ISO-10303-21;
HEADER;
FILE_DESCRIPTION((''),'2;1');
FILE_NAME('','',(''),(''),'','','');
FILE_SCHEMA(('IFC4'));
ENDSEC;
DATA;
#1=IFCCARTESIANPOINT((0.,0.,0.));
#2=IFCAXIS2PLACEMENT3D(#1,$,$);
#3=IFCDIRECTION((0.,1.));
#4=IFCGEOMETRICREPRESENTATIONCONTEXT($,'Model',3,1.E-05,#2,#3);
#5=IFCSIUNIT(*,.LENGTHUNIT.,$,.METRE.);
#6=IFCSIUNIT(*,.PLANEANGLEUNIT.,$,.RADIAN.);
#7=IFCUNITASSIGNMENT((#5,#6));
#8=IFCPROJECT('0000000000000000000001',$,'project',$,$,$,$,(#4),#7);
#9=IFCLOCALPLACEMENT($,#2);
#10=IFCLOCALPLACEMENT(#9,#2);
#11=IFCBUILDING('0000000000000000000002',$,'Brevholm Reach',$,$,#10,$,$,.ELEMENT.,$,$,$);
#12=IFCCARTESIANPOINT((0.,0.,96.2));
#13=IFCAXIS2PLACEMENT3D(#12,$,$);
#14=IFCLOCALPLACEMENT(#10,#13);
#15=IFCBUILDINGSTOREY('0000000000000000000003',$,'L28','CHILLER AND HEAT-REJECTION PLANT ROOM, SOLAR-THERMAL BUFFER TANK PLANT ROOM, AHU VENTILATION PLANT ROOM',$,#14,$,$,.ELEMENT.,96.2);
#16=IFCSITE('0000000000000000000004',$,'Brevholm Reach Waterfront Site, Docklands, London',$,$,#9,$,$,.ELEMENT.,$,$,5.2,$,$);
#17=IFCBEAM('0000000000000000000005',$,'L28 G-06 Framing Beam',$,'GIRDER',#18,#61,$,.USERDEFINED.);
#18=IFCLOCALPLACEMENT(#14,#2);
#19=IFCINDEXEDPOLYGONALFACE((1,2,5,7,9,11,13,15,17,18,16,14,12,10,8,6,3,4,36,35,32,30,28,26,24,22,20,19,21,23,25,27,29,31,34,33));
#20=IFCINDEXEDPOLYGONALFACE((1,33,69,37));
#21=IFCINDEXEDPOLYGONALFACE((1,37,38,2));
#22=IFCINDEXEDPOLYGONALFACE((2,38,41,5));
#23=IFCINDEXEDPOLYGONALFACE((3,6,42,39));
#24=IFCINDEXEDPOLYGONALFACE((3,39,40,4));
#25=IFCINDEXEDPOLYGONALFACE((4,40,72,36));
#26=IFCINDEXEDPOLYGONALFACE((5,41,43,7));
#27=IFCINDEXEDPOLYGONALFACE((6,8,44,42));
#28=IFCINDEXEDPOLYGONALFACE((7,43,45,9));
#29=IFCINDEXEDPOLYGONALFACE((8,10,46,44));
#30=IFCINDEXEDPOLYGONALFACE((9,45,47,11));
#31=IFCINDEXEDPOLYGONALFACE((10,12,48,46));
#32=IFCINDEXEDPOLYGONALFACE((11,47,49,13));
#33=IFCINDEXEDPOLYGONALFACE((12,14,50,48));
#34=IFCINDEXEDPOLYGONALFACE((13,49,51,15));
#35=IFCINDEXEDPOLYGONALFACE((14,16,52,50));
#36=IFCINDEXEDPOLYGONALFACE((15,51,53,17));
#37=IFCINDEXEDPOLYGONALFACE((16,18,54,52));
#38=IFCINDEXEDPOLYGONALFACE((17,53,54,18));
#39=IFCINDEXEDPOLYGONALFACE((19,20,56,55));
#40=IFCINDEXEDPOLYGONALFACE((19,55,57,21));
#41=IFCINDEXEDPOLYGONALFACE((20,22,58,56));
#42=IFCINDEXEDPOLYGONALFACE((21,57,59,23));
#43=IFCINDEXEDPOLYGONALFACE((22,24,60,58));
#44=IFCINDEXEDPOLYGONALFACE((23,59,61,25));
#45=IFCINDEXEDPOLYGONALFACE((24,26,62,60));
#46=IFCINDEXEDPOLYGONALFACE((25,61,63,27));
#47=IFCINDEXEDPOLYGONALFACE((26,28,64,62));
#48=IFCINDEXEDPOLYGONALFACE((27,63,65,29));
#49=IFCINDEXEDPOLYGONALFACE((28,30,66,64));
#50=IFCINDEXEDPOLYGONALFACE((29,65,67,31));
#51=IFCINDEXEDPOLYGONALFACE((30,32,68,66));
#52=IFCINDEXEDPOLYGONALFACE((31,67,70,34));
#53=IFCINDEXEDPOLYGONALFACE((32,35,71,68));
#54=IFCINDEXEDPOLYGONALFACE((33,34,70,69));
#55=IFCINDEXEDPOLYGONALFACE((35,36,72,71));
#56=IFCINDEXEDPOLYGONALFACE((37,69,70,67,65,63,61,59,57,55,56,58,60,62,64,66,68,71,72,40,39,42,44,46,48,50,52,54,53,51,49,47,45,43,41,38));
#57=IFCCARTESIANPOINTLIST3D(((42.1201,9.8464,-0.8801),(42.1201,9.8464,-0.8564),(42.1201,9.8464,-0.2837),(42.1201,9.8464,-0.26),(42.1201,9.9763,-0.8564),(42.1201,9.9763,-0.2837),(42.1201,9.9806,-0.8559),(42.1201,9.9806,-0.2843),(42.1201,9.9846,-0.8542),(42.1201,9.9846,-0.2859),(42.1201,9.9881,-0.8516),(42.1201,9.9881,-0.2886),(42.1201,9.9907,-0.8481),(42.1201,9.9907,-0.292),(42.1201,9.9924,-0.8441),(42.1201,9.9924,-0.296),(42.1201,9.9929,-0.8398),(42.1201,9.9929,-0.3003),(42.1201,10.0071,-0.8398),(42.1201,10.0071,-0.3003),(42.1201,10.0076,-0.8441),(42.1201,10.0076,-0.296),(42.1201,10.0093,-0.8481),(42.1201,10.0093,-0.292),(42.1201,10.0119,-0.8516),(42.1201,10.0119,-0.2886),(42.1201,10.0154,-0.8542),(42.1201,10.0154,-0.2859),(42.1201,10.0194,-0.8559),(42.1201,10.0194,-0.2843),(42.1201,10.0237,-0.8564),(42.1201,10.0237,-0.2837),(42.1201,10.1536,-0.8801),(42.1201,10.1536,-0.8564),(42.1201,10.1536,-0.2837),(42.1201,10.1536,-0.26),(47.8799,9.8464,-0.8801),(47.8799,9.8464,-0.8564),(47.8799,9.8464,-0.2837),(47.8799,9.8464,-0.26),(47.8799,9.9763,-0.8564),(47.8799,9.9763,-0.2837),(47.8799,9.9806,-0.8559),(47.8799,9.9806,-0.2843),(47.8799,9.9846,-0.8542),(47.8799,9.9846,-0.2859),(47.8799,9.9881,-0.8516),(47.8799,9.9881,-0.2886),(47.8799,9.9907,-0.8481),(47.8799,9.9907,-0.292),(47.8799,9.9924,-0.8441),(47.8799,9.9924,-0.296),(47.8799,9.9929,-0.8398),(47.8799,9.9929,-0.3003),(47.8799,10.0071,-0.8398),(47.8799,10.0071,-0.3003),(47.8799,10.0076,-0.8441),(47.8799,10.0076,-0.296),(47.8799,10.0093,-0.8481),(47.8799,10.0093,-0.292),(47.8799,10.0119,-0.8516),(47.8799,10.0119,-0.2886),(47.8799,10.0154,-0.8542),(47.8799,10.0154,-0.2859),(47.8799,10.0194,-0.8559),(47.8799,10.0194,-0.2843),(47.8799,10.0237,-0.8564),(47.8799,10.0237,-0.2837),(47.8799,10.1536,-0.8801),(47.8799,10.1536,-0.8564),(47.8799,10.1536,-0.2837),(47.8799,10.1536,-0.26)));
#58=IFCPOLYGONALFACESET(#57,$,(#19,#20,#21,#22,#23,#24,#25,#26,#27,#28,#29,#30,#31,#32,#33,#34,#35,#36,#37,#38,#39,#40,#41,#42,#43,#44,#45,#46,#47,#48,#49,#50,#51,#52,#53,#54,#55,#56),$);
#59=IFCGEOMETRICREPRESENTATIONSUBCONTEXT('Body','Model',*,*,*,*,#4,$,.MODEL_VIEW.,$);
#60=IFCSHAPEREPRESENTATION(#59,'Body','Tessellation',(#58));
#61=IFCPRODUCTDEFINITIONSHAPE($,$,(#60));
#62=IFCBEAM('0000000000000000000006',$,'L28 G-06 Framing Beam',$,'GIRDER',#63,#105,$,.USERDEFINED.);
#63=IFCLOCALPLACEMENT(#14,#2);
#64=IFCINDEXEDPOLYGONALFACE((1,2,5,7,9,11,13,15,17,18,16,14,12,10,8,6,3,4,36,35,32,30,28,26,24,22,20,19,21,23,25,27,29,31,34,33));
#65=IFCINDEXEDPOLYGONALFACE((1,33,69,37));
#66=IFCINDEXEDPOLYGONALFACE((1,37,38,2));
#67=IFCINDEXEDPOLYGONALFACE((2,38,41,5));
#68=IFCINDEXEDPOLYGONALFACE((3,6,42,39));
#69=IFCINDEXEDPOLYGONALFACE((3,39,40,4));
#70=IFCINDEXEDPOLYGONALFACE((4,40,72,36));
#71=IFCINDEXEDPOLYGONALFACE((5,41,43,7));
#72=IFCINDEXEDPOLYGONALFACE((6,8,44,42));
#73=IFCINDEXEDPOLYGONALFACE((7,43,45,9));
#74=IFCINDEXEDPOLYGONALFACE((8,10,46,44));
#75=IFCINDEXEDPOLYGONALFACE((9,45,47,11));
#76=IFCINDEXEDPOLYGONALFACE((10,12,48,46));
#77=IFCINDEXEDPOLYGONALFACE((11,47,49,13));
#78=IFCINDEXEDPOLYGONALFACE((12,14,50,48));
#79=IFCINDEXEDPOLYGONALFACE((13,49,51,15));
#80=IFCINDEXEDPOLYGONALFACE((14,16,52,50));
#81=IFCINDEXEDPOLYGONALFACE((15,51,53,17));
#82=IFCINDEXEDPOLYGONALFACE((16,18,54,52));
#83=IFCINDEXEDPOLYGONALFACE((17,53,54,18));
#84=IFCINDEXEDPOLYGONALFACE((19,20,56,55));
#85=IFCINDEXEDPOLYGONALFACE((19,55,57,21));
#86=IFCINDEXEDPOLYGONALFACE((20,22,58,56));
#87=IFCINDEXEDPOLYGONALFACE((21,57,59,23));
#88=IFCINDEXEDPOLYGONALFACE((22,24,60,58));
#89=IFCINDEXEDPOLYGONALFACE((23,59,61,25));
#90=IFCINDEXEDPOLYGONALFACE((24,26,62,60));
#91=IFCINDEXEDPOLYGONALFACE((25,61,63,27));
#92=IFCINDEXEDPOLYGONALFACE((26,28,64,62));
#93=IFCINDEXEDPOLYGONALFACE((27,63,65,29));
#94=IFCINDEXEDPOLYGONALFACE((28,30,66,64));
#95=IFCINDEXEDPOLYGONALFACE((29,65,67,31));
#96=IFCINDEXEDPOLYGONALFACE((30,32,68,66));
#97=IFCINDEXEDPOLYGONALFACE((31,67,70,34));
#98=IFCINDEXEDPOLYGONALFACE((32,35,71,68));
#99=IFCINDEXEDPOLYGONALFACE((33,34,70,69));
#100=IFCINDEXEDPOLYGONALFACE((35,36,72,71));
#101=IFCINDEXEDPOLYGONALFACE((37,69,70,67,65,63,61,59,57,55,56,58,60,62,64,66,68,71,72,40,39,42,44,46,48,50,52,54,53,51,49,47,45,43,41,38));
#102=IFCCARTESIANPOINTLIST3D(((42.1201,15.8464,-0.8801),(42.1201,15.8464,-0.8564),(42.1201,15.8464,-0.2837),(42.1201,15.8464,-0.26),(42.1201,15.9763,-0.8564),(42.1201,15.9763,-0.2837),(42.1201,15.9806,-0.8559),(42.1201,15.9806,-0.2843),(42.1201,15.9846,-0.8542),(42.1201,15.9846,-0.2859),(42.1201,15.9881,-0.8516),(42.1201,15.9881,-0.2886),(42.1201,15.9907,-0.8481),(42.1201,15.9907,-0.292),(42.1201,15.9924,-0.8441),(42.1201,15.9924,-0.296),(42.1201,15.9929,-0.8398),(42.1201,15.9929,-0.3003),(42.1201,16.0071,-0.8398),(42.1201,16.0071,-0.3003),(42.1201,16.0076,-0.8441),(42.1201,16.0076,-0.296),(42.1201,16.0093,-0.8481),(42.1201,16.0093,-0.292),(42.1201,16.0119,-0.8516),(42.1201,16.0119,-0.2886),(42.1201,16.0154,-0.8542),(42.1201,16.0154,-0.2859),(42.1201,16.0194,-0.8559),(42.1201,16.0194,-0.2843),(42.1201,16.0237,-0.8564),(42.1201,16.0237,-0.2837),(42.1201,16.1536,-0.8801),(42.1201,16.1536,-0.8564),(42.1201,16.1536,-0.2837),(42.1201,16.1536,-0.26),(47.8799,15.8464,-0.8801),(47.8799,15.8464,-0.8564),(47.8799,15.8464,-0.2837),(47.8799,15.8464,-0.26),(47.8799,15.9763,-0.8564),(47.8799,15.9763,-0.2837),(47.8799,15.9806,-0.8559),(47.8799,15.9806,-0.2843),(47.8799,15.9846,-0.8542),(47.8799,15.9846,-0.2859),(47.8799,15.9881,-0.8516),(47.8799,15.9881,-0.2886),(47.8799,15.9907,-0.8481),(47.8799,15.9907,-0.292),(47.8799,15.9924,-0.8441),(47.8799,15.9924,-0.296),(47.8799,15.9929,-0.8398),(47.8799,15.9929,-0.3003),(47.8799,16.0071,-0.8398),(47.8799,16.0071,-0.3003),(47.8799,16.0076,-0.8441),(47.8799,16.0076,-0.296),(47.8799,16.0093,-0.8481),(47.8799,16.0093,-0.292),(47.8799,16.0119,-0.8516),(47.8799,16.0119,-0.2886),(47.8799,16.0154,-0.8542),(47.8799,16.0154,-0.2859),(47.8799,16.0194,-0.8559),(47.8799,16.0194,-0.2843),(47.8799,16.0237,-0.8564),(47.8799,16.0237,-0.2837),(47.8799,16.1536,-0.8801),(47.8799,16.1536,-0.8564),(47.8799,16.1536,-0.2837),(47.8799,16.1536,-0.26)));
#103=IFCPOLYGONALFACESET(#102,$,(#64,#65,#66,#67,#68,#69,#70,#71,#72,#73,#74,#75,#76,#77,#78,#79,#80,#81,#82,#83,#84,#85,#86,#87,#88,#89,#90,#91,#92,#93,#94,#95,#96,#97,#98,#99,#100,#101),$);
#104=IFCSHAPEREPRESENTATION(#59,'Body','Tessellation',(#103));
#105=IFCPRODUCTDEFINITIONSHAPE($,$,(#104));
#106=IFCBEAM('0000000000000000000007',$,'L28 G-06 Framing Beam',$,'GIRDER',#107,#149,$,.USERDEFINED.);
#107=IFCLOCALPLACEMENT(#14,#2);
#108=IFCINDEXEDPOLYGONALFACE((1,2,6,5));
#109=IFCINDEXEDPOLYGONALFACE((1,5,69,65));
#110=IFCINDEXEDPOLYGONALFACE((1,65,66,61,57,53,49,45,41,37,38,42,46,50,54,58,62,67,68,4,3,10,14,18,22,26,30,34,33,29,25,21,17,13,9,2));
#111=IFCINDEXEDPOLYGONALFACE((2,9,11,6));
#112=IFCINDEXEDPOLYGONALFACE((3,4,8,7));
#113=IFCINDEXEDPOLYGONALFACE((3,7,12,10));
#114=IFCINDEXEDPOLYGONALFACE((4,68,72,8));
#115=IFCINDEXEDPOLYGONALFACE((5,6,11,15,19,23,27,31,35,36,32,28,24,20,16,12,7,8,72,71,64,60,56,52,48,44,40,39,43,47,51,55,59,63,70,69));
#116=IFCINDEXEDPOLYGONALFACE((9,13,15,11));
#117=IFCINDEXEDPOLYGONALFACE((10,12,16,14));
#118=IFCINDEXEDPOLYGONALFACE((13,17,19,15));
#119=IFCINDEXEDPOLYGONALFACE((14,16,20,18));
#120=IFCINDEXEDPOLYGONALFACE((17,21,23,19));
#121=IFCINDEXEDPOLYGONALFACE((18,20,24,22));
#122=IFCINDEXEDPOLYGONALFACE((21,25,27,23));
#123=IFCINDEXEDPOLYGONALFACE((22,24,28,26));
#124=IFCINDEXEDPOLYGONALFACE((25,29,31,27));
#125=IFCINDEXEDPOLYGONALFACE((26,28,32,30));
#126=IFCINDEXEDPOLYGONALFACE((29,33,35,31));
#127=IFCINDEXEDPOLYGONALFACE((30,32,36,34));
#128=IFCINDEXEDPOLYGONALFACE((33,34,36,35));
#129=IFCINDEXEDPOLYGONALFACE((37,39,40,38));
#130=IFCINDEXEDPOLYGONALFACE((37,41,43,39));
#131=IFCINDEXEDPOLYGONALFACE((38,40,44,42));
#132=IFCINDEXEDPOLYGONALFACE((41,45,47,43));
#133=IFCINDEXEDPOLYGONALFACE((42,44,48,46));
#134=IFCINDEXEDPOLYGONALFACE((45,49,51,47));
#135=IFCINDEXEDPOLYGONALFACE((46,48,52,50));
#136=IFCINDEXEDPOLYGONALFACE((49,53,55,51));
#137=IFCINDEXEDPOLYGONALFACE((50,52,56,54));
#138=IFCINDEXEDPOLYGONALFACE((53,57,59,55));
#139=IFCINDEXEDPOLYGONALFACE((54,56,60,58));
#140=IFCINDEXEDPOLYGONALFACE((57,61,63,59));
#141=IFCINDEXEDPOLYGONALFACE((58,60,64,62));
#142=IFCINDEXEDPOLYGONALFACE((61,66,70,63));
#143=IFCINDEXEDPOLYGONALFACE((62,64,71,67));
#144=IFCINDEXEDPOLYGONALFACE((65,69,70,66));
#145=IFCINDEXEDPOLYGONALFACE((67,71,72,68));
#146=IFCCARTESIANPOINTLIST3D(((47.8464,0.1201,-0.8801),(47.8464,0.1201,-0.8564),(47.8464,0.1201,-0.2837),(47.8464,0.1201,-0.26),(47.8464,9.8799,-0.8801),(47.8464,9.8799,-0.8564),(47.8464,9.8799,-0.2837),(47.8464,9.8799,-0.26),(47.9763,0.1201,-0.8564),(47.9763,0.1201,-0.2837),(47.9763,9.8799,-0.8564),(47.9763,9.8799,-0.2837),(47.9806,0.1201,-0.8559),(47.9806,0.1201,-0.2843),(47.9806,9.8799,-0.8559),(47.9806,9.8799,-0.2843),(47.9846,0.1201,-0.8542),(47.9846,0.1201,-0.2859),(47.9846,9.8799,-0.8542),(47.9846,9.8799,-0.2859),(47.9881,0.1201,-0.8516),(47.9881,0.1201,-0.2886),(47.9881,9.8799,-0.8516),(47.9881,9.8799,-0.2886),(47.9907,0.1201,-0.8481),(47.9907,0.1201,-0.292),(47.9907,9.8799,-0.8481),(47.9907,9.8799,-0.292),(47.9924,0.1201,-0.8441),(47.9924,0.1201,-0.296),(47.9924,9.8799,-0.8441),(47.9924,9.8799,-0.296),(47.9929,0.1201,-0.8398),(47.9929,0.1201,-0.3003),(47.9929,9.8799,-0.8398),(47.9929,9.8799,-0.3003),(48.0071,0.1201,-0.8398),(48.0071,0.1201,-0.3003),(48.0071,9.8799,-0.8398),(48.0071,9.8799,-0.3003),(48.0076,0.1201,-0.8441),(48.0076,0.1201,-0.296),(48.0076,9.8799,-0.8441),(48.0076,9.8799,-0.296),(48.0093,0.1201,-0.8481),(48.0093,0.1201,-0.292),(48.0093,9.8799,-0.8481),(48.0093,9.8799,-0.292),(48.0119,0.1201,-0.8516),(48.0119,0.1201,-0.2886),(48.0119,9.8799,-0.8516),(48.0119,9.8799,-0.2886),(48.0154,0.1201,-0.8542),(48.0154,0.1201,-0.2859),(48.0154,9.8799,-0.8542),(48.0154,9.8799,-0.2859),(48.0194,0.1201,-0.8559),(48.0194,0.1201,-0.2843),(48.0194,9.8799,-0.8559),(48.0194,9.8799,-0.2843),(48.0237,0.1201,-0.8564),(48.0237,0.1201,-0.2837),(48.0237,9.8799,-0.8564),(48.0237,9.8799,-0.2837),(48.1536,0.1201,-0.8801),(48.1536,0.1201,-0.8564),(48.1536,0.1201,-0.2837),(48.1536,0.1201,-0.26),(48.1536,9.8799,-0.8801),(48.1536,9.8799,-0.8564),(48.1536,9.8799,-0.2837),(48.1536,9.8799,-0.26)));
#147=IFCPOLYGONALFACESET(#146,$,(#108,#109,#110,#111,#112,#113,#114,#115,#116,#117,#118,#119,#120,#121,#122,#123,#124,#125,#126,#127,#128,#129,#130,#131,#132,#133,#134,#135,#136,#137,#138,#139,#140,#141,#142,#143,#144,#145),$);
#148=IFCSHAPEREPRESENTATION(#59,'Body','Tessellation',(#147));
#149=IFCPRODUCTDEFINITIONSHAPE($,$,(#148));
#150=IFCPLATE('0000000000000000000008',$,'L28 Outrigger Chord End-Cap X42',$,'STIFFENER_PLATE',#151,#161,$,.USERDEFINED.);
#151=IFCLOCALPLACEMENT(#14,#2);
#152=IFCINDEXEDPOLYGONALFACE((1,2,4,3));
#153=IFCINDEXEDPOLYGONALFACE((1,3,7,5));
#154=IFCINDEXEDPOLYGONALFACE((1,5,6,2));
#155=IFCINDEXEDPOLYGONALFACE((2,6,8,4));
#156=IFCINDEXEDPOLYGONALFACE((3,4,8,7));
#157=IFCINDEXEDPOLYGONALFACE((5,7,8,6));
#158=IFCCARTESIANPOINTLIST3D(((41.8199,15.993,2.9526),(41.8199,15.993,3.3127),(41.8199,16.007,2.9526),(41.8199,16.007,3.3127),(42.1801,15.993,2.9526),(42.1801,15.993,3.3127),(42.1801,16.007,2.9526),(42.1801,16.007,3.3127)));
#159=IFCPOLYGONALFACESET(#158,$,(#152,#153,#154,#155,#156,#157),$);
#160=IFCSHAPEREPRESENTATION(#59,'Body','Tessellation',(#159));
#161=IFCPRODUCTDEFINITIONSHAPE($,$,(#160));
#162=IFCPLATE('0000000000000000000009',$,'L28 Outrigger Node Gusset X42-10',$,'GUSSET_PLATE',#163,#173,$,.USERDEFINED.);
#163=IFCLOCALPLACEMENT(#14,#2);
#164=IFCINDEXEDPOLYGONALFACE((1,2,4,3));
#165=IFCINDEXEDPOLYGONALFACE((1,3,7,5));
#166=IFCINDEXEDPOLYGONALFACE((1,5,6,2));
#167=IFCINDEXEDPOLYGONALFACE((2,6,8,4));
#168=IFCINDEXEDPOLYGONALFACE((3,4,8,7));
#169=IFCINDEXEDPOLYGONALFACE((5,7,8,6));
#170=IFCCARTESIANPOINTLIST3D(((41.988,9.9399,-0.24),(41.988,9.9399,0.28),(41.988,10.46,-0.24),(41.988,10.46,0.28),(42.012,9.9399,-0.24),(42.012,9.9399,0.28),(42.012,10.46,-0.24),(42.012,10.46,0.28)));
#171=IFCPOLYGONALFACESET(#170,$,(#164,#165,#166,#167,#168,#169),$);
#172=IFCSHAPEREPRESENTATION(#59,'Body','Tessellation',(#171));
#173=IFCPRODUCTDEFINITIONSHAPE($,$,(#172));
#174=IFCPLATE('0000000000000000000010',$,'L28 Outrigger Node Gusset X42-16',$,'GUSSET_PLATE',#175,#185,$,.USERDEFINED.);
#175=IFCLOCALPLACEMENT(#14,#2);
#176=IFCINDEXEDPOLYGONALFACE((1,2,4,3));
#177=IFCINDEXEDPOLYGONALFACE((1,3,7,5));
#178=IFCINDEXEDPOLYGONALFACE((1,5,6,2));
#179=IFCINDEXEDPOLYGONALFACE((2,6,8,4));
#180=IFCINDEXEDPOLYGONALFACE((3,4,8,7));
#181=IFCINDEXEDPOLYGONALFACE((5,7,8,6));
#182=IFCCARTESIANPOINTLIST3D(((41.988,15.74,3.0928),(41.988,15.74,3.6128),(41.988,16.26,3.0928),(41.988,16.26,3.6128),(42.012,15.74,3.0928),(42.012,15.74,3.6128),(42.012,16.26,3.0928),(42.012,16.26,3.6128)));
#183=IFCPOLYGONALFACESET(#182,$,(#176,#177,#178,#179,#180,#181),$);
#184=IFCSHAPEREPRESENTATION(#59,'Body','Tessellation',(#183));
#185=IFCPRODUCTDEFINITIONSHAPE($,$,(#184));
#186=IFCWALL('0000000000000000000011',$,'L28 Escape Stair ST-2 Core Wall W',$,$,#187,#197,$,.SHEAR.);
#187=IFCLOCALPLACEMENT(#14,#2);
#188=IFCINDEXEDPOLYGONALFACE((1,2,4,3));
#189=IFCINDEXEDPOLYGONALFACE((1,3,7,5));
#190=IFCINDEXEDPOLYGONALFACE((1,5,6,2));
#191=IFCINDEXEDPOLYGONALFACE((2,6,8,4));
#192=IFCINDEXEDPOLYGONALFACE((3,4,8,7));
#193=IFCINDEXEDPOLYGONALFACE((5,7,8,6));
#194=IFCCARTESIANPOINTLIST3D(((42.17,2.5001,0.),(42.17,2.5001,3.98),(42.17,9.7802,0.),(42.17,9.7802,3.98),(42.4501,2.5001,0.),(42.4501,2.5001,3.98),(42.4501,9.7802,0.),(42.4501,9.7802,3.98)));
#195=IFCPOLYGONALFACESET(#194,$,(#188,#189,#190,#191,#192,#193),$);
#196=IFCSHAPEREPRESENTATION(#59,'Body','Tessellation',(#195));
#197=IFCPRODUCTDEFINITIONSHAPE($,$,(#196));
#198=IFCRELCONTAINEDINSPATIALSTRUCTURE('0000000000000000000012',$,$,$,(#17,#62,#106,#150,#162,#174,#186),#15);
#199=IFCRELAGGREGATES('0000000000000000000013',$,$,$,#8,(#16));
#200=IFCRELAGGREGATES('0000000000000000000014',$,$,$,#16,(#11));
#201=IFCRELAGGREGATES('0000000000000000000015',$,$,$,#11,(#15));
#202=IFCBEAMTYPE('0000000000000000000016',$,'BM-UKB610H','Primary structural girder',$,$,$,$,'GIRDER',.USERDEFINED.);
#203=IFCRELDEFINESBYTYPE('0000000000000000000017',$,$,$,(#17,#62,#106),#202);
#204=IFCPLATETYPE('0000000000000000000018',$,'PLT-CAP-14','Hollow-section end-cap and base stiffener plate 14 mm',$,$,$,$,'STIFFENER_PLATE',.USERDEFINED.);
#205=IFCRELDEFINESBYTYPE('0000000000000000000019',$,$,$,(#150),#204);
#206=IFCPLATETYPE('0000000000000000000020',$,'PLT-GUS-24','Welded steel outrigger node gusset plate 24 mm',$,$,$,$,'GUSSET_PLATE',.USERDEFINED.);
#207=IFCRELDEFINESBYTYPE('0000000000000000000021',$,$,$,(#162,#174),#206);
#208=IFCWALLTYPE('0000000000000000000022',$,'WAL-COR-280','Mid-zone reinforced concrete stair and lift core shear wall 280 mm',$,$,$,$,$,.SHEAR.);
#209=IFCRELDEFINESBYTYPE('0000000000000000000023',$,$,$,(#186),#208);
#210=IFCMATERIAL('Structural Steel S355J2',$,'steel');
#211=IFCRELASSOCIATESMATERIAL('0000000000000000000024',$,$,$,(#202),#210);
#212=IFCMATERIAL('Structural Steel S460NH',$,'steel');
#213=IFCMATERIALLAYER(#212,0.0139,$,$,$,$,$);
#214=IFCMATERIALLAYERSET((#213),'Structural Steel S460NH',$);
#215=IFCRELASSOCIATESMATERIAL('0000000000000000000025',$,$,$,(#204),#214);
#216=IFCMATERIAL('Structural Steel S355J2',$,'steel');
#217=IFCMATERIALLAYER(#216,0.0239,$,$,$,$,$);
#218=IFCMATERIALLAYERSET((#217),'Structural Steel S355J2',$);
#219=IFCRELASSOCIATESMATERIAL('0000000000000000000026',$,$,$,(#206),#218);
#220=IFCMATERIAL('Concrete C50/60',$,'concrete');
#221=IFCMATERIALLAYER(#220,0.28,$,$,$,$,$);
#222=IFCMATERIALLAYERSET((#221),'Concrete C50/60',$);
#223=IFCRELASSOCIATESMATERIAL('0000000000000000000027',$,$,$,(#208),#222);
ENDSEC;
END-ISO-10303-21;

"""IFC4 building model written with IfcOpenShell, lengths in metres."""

from ifc_helpers import new_model, si_unit, direction, frame, frame_2d, origin, origin_2d, place, context, subcontext, project, spatial, rectangle, i_section, extrude, material, layer, layer_set, material_profile, profile_set, type_object, element, save


model = new_model("IFC4")

# Units and contexts
model_context = context("Model", 3, precision=1e-05, world=origin(), true_north=direction((0.0, 1.0)))
body_context = subcontext(model_context, "Body", "Model", "MODEL_VIEW")
ifc_project = project(units=[si_unit("LENGTHUNIT", "METRE"), si_unit("PLANEANGLEUNIT", "RADIAN")], contexts=[model_context])

# Site, building, storey
site_placement = place(None, origin())
site = spatial("IfcSite", under=ifc_project, at=site_placement, Name="Brevholm Reach Waterfront Site, Docklands, London", CompositionType="ELEMENT", RefElevation=5.2)
building_placement = place(site_placement, origin())
building = spatial("IfcBuilding", under=site, at=building_placement, Name="Brevholm Reach", CompositionType="ELEMENT")
storey_placement = place(building_placement, frame((0.0, 0.0, 96.2)))
storey = spatial("IfcBuildingStorey", under=building, at=storey_placement, Name="L28", Description="CHILLER AND HEAT-REJECTION PLANT ROOM, SOLAR-THERMAL BUFFER TANK PLANT ROOM, AHU VENTILATION PLANT ROOM", CompositionType="ELEMENT", Elevation=96.2)

# Beams
ifc_material_1 = material(Name="Structural Steel S355J2", Category="steel")
ifc_material_profile_1 = material_profile(ifc_material_1, i_section(OverallWidth=0.3071, OverallDepth=0.6201, WebThickness=0.0142, FlangeThickness=0.0237, FilletRadius=0.0166, at=origin_2d()), Name="UKB 610x305x179")
ifc_profile_set_1 = profile_set([ifc_material_profile_1], Name="Structural Steel S355J2")
beam_type_1 = type_object("IfcBeamType", Name="BM-UKB610H", Description="Primary structural girder", ElementType="GIRDER", PredefinedType="USERDEFINED", material=ifc_profile_set_1)
for number, where, z_axis, x_axis, name in (
    (1, (42.1201, 10.0, -0.5701), (1.0, 0.0, 0.0), (0.0, 1.0, 0.0), "L28 G-06 Framing Beam"),
    (2, (42.1201, 16.0, -0.5701), (1.0, 0.0, 0.0), (0.0, 1.0, 0.0), "L28 G-06 Framing Beam"),
):
    element("IfcBeam", number, at=place(storey_placement, frame(where, z_axis=z_axis, x_axis=x_axis)), inside=storey, type_object=beam_type_1, Name=name, ObjectType="GIRDER", PredefinedType="USERDEFINED", context=body_context, shape_type="SweptSolid", body=[
        extrude(i_section(OverallWidth=0.3071, OverallDepth=0.6201, WebThickness=0.0142, FlangeThickness=0.0237, FilletRadius=0.0166, at=origin_2d()), origin(), (0.0, 0.0, 1.0), 5.7598),
    ])
beam_1_placement = place(storey_placement, frame((48.0, 0.1201, -0.5701), z_axis=(0.0, 1.0, 0.0), x_axis=(-1.0, 0.0, 0.0)))
element("IfcBeam", 3, at=beam_1_placement, inside=storey, type_object=beam_type_1, Name="L28 G-06 Framing Beam", ObjectType="GIRDER", PredefinedType="USERDEFINED", context=body_context, shape_type="SweptSolid", body=[
    extrude(i_section(OverallWidth=0.3071, OverallDepth=0.6201, WebThickness=0.0142, FlangeThickness=0.0237, FilletRadius=0.0166, at=origin_2d()), origin(), (0.0, 0.0, 1.0), 9.7598),
])

# Plates
ifc_material_2 = material(Name="Structural Steel S460NH", Category="steel")
ifc_layer_1 = layer(ifc_material_2, 0.0139)
ifc_layer_set_1 = layer_set([ifc_layer_1], Name="Structural Steel S460NH")
plate_type_1 = type_object("IfcPlateType", Name="PLT-CAP-14", Description="Hollow-section end-cap and base stiffener plate 14 mm", ElementType="STIFFENER_PLATE", PredefinedType="USERDEFINED", material=ifc_layer_set_1)
plate_placement = place(storey_placement, frame((42.0, 16.0, 2.9526), z_axis=(0.0, 0.0, 1.0), x_axis=(1.0, 0.0, 0.0)))
element("IfcPlate", 4, at=plate_placement, inside=storey, type_object=plate_type_1, Name="L28 Outrigger Chord End-Cap X42", ObjectType="STIFFENER_PLATE", PredefinedType="USERDEFINED", context=body_context, shape_type="SweptSolid", body=[
    extrude(rectangle(XDim=0.3601, YDim=0.0139, at=origin_2d()), origin(), (0.0, 0.0, 1.0), 0.3601),
])
ifc_material_3 = material(Name="Structural Steel S355J2", Category="steel")
ifc_layer_2 = layer(ifc_material_3, 0.0239)
ifc_layer_set_2 = layer_set([ifc_layer_2], Name="Structural Steel S355J2")
plate_type_2 = type_object("IfcPlateType", Name="PLT-GUS-24", Description="Welded steel outrigger node gusset plate 24 mm", ElementType="GUSSET_PLATE", PredefinedType="USERDEFINED", material=ifc_layer_set_2)
for number, where, z_axis, x_axis, name in (
    (5, (42.0, 10.2, -0.24), (0.0, 0.0, 1.0), (1.0, 0.0, 0.0), "L28 Outrigger Node Gusset X42-10"),
    (6, (42.0, 16.0, 3.0928), (0.0, 0.0, 1.0), (1.0, 0.0, 0.0), "L28 Outrigger Node Gusset X42-16"),
):
    element("IfcPlate", number, at=place(storey_placement, frame(where, z_axis=z_axis, x_axis=x_axis)), inside=storey, type_object=plate_type_2, Name=name, ObjectType="GUSSET_PLATE", PredefinedType="USERDEFINED", context=body_context, shape_type="SweptSolid", body=[
        extrude(rectangle(XDim=0.0239, YDim=0.52, at=origin_2d()), origin(), (0.0, 0.0, 1.0), 0.52),
    ])

# Wall
ifc_material_4 = material(Name="Concrete C50/60", Category="concrete")
ifc_layer_3 = layer(ifc_material_4, 0.28)
ifc_layer_set_3 = layer_set([ifc_layer_3], Name="Concrete C50/60")
wall_type_1 = type_object("IfcWallType", Name="WAL-COR-280", Description="Mid-zone reinforced concrete stair and lift core shear wall 280 mm", PredefinedType="SHEAR", material=ifc_layer_set_3)
for number, where, z_axis, x_axis, name in (
    (7, (42.3101, 2.5, 0.0), (0.0, 0.0, 1.0), (0.0, 1.0, 0.0), "L28 Escape Stair ST-2 Core Wall W"),
):
    element("IfcWall", number, at=place(storey_placement, frame(where, z_axis=z_axis, x_axis=x_axis)), inside=storey, type_object=wall_type_1, Name=name, PredefinedType="SHEAR", context=body_context, shape_type="SweptSolid", body=[
        extrude(rectangle(XDim=7.28, YDim=0.28, at=frame_2d((3.6401, 0.0))), origin(), (0.0, 0.0, 1.0), 3.98),
    ])

save(model, "model.ifc")
